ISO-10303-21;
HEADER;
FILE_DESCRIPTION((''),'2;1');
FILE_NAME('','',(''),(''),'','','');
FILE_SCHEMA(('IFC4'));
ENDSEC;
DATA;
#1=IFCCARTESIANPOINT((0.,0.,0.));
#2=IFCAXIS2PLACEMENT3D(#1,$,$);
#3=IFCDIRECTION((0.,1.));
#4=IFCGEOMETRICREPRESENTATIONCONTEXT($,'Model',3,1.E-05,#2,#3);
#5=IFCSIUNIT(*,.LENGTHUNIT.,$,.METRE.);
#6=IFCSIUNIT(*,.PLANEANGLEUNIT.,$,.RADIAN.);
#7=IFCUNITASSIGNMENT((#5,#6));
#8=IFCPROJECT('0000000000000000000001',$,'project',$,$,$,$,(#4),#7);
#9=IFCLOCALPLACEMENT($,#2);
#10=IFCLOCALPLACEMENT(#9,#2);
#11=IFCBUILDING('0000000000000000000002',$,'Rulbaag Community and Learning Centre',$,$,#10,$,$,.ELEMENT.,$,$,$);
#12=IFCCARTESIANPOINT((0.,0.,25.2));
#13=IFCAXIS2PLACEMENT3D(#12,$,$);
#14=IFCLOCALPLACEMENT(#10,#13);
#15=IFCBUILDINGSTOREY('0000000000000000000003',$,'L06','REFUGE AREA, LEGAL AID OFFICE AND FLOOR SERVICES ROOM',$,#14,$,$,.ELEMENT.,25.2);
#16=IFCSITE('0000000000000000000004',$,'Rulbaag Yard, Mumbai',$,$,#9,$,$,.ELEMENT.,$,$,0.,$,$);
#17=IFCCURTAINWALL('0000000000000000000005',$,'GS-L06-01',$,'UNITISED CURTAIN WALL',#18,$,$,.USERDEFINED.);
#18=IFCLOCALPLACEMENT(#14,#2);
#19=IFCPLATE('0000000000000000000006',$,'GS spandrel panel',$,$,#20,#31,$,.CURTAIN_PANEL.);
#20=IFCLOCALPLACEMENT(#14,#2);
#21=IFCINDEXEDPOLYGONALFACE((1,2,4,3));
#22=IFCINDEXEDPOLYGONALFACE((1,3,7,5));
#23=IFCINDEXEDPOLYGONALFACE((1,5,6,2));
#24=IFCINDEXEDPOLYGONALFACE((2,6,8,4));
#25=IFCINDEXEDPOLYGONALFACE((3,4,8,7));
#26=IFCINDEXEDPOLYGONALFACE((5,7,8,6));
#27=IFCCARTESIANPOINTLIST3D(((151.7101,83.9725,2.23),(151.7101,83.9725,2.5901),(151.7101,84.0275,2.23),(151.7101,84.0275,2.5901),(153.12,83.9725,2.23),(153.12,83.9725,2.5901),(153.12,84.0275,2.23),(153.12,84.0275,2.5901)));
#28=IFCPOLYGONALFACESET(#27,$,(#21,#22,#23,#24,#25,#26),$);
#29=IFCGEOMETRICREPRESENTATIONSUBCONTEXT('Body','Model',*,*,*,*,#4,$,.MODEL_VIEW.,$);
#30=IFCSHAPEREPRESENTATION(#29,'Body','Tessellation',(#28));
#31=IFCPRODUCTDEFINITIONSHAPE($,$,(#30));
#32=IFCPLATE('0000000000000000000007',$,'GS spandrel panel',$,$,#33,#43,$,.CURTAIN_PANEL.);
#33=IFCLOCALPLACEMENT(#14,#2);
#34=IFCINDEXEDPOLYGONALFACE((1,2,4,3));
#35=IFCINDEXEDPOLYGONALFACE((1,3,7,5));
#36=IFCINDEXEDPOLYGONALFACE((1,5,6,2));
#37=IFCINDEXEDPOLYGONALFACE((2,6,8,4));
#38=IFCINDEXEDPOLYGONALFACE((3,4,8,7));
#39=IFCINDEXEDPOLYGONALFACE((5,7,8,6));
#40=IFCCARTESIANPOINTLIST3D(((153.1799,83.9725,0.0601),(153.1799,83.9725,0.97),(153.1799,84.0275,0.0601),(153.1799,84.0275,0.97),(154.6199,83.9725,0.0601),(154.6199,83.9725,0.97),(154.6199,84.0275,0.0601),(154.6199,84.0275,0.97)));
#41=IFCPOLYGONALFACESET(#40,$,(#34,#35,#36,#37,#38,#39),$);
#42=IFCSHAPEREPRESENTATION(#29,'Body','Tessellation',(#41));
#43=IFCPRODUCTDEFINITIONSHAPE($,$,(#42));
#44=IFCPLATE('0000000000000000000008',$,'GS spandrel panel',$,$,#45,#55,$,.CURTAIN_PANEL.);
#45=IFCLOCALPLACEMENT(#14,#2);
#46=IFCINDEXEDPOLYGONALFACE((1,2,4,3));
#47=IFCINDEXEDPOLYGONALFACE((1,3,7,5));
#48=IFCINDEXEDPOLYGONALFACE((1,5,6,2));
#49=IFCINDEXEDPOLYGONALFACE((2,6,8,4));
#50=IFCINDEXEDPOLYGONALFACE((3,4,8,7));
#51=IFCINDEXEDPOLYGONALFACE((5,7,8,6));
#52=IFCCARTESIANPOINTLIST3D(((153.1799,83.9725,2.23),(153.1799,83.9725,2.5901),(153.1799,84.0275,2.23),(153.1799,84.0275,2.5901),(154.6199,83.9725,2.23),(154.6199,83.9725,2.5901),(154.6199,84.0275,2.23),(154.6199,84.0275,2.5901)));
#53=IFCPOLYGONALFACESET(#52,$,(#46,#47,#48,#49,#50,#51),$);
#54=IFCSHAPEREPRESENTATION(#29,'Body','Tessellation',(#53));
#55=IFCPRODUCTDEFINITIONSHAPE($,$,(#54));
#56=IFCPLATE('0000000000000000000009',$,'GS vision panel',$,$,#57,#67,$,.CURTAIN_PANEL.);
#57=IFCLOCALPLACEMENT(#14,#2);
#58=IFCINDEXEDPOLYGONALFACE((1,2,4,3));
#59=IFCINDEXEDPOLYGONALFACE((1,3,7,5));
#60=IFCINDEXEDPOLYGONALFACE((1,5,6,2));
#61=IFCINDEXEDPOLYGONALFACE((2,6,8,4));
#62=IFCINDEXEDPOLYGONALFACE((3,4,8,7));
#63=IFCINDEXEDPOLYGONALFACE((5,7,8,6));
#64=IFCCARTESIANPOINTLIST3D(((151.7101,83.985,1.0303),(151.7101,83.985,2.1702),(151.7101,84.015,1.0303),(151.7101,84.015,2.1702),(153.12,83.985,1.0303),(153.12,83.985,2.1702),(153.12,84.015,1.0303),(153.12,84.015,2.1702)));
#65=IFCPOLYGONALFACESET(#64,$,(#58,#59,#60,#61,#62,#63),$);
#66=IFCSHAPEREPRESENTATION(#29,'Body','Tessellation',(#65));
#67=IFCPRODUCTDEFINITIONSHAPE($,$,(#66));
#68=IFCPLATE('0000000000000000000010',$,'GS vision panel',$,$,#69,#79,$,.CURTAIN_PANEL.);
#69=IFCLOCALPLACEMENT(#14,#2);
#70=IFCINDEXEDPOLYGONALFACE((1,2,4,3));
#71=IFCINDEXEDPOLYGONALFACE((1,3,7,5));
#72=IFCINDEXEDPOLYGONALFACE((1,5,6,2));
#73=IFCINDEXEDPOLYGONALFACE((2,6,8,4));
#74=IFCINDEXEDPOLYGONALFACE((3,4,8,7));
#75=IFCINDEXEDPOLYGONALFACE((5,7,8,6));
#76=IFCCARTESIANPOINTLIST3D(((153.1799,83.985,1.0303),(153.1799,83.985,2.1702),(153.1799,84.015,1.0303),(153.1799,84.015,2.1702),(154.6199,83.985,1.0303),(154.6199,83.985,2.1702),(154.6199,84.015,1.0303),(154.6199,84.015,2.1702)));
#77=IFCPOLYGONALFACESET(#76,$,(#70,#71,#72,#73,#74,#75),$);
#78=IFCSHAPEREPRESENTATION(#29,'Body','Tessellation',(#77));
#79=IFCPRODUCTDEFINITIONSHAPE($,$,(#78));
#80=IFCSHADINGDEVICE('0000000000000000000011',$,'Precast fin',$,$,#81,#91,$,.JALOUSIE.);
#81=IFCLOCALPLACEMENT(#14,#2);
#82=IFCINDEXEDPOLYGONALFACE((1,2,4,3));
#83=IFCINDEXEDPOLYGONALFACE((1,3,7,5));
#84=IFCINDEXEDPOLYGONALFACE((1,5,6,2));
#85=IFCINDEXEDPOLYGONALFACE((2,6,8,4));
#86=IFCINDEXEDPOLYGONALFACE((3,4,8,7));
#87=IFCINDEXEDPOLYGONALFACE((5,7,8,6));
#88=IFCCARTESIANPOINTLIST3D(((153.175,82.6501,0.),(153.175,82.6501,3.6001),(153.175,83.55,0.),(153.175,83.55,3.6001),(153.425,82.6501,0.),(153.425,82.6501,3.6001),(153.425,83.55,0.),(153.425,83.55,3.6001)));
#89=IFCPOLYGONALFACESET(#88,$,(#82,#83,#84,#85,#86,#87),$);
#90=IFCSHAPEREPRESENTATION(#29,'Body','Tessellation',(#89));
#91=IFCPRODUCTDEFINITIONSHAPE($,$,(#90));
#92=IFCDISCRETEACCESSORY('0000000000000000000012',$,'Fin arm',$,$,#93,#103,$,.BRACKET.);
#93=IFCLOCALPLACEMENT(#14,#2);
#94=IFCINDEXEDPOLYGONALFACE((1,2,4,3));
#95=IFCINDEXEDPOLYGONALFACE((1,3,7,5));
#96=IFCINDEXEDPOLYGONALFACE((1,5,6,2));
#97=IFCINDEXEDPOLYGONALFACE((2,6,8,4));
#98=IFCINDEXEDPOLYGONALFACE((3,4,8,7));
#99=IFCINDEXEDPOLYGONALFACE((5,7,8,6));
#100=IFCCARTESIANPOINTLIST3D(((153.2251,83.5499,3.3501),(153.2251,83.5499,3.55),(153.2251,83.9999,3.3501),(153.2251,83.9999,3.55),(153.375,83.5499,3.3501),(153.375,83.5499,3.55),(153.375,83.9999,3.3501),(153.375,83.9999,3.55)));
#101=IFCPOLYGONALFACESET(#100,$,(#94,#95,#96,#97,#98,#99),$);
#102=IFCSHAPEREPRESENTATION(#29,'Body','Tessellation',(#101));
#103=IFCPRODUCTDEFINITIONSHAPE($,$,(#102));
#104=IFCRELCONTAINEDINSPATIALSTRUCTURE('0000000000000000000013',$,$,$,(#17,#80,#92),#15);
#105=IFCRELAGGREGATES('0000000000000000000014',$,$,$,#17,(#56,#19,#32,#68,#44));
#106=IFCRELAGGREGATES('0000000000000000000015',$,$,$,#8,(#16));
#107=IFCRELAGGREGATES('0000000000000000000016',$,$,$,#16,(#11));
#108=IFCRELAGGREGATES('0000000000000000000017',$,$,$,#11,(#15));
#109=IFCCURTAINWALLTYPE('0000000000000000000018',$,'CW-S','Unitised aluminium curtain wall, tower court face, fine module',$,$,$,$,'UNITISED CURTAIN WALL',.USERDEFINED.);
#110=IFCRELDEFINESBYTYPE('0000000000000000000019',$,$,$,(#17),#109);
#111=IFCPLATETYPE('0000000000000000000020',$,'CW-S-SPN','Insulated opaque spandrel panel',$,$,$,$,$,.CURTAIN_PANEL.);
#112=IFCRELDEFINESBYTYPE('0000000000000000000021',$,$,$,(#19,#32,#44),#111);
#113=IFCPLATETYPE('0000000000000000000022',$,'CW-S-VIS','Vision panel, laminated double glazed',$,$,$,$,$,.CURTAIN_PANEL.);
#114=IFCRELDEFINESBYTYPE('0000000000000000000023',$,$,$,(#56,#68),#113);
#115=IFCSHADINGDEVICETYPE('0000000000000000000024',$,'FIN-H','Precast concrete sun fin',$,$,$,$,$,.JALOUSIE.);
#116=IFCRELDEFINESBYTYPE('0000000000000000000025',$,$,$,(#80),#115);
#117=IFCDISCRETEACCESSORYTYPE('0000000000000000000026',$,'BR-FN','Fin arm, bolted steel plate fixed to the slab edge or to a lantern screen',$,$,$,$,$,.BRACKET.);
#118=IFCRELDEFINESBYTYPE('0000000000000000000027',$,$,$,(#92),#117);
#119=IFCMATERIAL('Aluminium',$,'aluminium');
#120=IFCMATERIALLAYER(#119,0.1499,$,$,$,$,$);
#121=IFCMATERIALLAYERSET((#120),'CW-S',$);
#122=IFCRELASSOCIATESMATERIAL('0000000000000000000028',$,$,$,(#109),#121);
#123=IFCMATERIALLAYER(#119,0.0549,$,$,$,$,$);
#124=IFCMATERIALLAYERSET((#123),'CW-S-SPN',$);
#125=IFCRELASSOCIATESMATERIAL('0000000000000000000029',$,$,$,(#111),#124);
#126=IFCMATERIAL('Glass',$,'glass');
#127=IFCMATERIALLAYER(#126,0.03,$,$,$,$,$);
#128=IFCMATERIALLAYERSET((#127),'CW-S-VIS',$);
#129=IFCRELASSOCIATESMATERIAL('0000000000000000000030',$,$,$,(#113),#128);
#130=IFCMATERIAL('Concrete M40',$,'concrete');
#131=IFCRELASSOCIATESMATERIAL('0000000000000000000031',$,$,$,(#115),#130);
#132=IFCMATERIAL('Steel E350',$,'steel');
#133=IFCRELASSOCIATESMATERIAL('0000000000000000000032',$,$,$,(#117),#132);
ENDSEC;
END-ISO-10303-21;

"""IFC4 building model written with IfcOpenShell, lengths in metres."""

from ifc_helpers import new_model, si_unit, direction, frame, origin, origin_2d, place, context, subcontext, project, spatial, rectangle, extrude, material, layer, layer_set, material_profile, profile_set, type_object, element, aggregate, save


model = new_model("IFC4")

# Units and contexts
model_context = context("Model", 3, precision=1e-05, world=origin(), true_north=direction((0.0, 1.0)))
body_context = subcontext(model_context, "Body", "Model", "MODEL_VIEW")
ifc_project = project(units=[si_unit("LENGTHUNIT", "METRE"), si_unit("PLANEANGLEUNIT", "RADIAN")], contexts=[model_context])

# Site, building, storey
site_placement = place(None, origin())
site = spatial("IfcSite", under=ifc_project, at=site_placement, Name="Rulbaag Yard, Mumbai", CompositionType="ELEMENT", RefElevation=0.0)
building_placement = place(site_placement, origin())
building = spatial("IfcBuilding", under=site, at=building_placement, Name="Rulbaag Community and Learning Centre", CompositionType="ELEMENT")
storey_placement = place(building_placement, frame((0.0, 0.0, 25.2)))
storey = spatial("IfcBuildingStorey", under=building, at=storey_placement, Name="L06", Description="REFUGE AREA, LEGAL AID OFFICE AND FLOOR SERVICES ROOM", CompositionType="ELEMENT", Elevation=25.2)

# Curtain wall, plates
ifc_material_1 = material(Name="Aluminium", Category="aluminium")
ifc_layer_1 = layer(ifc_material_1, 0.1499)
ifc_layer_set_1 = layer_set([ifc_layer_1], Name="CW-S")
curtain_wall_type = type_object("IfcCurtainWallType", Name="CW-S", Description="Unitised aluminium curtain wall, tower court face, fine module", ElementType="UNITISED CURTAIN WALL", PredefinedType="USERDEFINED", material=ifc_layer_set_1)
curtain_wall_placement = place(storey_placement, origin())
curtain_wall = element("IfcCurtainWall", 1, at=curtain_wall_placement, inside=storey, type_object=curtain_wall_type, Name="GS-L06-01", ObjectType="UNITISED CURTAIN WALL", PredefinedType="USERDEFINED")
ifc_layer_2 = layer(ifc_material_1, 0.0549)
ifc_layer_set_2 = layer_set([ifc_layer_2], Name="CW-S-SPN")
plate_type_1 = type_object("IfcPlateType", Name="CW-S-SPN", Description="Insulated opaque spandrel panel", PredefinedType="CURTAIN_PANEL", material=ifc_layer_set_2)
plate_1_placement = place(storey_placement, frame((152.415, 84.0, 2.23), z_axis=(0.0, 0.0, 1.0), x_axis=(1.0, 0.0, 0.0)))
plate_1 = element("IfcPlate", 2, at=plate_1_placement, type_object=plate_type_1, Name="GS spandrel panel", PredefinedType="CURTAIN_PANEL", context=body_context, shape_type="SweptSolid", body=[
    extrude(rectangle(XDim=1.4099, YDim=0.0549, at=origin_2d()), origin(), (0.0, 0.0, 1.0), 0.3601),
])
plate_2_placement = place(storey_placement, frame((153.8999, 84.0, 0.0601), z_axis=(0.0, 0.0, 1.0), x_axis=(1.0, 0.0, 0.0)))
plate_2 = element("IfcPlate", 3, at=plate_2_placement, type_object=plate_type_1, Name="GS spandrel panel", PredefinedType="CURTAIN_PANEL", context=body_context, shape_type="SweptSolid", body=[
    extrude(rectangle(XDim=1.4399, YDim=0.0549, at=origin_2d()), origin(), (0.0, 0.0, 1.0), 0.9099),
])
plate_3_placement = place(storey_placement, frame((153.8999, 84.0, 2.23), z_axis=(0.0, 0.0, 1.0), x_axis=(1.0, 0.0, 0.0)))
plate_3 = element("IfcPlate", 4, at=plate_3_placement, type_object=plate_type_1, Name="GS spandrel panel", PredefinedType="CURTAIN_PANEL", context=body_context, shape_type="SweptSolid", body=[
    extrude(rectangle(XDim=1.4399, YDim=0.0549, at=origin_2d()), origin(), (0.0, 0.0, 1.0), 0.3601),
])
ifc_material_2 = material(Name="Glass", Category="glass")
ifc_layer_3 = layer(ifc_material_2, 0.03)
ifc_layer_set_3 = layer_set([ifc_layer_3], Name="CW-S-VIS")
plate_type_2 = type_object("IfcPlateType", Name="CW-S-VIS", Description="Vision panel, laminated double glazed", PredefinedType="CURTAIN_PANEL", material=ifc_layer_set_3)
plate_4_placement = place(storey_placement, frame((152.415, 84.0, 1.0303), z_axis=(0.0, 0.0, 1.0), x_axis=(1.0, 0.0, 0.0)))
plate_4 = element("IfcPlate", 5, at=plate_4_placement, type_object=plate_type_2, Name="GS vision panel", PredefinedType="CURTAIN_PANEL", context=body_context, shape_type="SweptSolid", body=[
    extrude(rectangle(XDim=1.4099, YDim=0.03, at=origin_2d()), origin(), (0.0, 0.0, 1.0), 1.1399),
])
plate_5_placement = place(storey_placement, frame((153.8999, 84.0, 1.0303), z_axis=(0.0, 0.0, 1.0), x_axis=(1.0, 0.0, 0.0)))
plate_5 = element("IfcPlate", 6, at=plate_5_placement, type_object=plate_type_2, Name="GS vision panel", PredefinedType="CURTAIN_PANEL", context=body_context, shape_type="SweptSolid", body=[
    extrude(rectangle(XDim=1.4399, YDim=0.03, at=origin_2d()), origin(), (0.0, 0.0, 1.0), 1.1399),
])
aggregate(curtain_wall, [plate_4, plate_1, plate_2, plate_5, plate_3])

# Shading device
ifc_material_3 = material(Name="Concrete M40", Category="concrete")
ifc_material_profile_1 = material_profile(ifc_material_3, rectangle(XDim=0.25, YDim=0.8999, at=origin_2d()), Name="PC 250x900")
ifc_profile_set_1 = profile_set([ifc_material_profile_1], Name="Concrete M40")
shading_device_type_1 = type_object("IfcShadingDeviceType", Name="FIN-H", Description="Precast concrete sun fin", PredefinedType="JALOUSIE", material=ifc_profile_set_1)
shading_device_1_placement = place(storey_placement, frame((153.3, 83.1001, 0.0), z_axis=(0.0, 0.0, 1.0), x_axis=(1.0, 0.0, 0.0)))
element("IfcShadingDevice", 7, at=shading_device_1_placement, inside=storey, type_object=shading_device_type_1, Name="Precast fin", PredefinedType="JALOUSIE", context=body_context, shape_type="SweptSolid", body=[
    extrude(rectangle(XDim=0.25, YDim=0.8999, at=origin_2d()), origin(), (0.0, 0.0, 1.0), 3.6001),
])

# Discrete accessory
ifc_material_4 = material(Name="Steel E350", Category="steel")
discrete_accessory_type = type_object("IfcDiscreteAccessoryType", Name="BR-FN", Description="Fin arm, bolted steel plate fixed to the slab edge or to a lantern screen", PredefinedType="BRACKET", material=ifc_material_4)
discrete_accessory_placement = place(storey_placement, frame((153.3, 83.7749, 3.3501), z_axis=(0.0, 0.0, 1.0), x_axis=(1.0, 0.0, 0.0)))
element("IfcDiscreteAccessory", 8, at=discrete_accessory_placement, inside=storey, type_object=discrete_accessory_type, Name="Fin arm", PredefinedType="BRACKET", context=body_context, shape_type="SweptSolid", body=[
    extrude(rectangle(XDim=0.1499, YDim=0.45, at=origin_2d()), origin(), (0.0, 0.0, 1.0), 0.2),
])

save(model, "model.ifc")
